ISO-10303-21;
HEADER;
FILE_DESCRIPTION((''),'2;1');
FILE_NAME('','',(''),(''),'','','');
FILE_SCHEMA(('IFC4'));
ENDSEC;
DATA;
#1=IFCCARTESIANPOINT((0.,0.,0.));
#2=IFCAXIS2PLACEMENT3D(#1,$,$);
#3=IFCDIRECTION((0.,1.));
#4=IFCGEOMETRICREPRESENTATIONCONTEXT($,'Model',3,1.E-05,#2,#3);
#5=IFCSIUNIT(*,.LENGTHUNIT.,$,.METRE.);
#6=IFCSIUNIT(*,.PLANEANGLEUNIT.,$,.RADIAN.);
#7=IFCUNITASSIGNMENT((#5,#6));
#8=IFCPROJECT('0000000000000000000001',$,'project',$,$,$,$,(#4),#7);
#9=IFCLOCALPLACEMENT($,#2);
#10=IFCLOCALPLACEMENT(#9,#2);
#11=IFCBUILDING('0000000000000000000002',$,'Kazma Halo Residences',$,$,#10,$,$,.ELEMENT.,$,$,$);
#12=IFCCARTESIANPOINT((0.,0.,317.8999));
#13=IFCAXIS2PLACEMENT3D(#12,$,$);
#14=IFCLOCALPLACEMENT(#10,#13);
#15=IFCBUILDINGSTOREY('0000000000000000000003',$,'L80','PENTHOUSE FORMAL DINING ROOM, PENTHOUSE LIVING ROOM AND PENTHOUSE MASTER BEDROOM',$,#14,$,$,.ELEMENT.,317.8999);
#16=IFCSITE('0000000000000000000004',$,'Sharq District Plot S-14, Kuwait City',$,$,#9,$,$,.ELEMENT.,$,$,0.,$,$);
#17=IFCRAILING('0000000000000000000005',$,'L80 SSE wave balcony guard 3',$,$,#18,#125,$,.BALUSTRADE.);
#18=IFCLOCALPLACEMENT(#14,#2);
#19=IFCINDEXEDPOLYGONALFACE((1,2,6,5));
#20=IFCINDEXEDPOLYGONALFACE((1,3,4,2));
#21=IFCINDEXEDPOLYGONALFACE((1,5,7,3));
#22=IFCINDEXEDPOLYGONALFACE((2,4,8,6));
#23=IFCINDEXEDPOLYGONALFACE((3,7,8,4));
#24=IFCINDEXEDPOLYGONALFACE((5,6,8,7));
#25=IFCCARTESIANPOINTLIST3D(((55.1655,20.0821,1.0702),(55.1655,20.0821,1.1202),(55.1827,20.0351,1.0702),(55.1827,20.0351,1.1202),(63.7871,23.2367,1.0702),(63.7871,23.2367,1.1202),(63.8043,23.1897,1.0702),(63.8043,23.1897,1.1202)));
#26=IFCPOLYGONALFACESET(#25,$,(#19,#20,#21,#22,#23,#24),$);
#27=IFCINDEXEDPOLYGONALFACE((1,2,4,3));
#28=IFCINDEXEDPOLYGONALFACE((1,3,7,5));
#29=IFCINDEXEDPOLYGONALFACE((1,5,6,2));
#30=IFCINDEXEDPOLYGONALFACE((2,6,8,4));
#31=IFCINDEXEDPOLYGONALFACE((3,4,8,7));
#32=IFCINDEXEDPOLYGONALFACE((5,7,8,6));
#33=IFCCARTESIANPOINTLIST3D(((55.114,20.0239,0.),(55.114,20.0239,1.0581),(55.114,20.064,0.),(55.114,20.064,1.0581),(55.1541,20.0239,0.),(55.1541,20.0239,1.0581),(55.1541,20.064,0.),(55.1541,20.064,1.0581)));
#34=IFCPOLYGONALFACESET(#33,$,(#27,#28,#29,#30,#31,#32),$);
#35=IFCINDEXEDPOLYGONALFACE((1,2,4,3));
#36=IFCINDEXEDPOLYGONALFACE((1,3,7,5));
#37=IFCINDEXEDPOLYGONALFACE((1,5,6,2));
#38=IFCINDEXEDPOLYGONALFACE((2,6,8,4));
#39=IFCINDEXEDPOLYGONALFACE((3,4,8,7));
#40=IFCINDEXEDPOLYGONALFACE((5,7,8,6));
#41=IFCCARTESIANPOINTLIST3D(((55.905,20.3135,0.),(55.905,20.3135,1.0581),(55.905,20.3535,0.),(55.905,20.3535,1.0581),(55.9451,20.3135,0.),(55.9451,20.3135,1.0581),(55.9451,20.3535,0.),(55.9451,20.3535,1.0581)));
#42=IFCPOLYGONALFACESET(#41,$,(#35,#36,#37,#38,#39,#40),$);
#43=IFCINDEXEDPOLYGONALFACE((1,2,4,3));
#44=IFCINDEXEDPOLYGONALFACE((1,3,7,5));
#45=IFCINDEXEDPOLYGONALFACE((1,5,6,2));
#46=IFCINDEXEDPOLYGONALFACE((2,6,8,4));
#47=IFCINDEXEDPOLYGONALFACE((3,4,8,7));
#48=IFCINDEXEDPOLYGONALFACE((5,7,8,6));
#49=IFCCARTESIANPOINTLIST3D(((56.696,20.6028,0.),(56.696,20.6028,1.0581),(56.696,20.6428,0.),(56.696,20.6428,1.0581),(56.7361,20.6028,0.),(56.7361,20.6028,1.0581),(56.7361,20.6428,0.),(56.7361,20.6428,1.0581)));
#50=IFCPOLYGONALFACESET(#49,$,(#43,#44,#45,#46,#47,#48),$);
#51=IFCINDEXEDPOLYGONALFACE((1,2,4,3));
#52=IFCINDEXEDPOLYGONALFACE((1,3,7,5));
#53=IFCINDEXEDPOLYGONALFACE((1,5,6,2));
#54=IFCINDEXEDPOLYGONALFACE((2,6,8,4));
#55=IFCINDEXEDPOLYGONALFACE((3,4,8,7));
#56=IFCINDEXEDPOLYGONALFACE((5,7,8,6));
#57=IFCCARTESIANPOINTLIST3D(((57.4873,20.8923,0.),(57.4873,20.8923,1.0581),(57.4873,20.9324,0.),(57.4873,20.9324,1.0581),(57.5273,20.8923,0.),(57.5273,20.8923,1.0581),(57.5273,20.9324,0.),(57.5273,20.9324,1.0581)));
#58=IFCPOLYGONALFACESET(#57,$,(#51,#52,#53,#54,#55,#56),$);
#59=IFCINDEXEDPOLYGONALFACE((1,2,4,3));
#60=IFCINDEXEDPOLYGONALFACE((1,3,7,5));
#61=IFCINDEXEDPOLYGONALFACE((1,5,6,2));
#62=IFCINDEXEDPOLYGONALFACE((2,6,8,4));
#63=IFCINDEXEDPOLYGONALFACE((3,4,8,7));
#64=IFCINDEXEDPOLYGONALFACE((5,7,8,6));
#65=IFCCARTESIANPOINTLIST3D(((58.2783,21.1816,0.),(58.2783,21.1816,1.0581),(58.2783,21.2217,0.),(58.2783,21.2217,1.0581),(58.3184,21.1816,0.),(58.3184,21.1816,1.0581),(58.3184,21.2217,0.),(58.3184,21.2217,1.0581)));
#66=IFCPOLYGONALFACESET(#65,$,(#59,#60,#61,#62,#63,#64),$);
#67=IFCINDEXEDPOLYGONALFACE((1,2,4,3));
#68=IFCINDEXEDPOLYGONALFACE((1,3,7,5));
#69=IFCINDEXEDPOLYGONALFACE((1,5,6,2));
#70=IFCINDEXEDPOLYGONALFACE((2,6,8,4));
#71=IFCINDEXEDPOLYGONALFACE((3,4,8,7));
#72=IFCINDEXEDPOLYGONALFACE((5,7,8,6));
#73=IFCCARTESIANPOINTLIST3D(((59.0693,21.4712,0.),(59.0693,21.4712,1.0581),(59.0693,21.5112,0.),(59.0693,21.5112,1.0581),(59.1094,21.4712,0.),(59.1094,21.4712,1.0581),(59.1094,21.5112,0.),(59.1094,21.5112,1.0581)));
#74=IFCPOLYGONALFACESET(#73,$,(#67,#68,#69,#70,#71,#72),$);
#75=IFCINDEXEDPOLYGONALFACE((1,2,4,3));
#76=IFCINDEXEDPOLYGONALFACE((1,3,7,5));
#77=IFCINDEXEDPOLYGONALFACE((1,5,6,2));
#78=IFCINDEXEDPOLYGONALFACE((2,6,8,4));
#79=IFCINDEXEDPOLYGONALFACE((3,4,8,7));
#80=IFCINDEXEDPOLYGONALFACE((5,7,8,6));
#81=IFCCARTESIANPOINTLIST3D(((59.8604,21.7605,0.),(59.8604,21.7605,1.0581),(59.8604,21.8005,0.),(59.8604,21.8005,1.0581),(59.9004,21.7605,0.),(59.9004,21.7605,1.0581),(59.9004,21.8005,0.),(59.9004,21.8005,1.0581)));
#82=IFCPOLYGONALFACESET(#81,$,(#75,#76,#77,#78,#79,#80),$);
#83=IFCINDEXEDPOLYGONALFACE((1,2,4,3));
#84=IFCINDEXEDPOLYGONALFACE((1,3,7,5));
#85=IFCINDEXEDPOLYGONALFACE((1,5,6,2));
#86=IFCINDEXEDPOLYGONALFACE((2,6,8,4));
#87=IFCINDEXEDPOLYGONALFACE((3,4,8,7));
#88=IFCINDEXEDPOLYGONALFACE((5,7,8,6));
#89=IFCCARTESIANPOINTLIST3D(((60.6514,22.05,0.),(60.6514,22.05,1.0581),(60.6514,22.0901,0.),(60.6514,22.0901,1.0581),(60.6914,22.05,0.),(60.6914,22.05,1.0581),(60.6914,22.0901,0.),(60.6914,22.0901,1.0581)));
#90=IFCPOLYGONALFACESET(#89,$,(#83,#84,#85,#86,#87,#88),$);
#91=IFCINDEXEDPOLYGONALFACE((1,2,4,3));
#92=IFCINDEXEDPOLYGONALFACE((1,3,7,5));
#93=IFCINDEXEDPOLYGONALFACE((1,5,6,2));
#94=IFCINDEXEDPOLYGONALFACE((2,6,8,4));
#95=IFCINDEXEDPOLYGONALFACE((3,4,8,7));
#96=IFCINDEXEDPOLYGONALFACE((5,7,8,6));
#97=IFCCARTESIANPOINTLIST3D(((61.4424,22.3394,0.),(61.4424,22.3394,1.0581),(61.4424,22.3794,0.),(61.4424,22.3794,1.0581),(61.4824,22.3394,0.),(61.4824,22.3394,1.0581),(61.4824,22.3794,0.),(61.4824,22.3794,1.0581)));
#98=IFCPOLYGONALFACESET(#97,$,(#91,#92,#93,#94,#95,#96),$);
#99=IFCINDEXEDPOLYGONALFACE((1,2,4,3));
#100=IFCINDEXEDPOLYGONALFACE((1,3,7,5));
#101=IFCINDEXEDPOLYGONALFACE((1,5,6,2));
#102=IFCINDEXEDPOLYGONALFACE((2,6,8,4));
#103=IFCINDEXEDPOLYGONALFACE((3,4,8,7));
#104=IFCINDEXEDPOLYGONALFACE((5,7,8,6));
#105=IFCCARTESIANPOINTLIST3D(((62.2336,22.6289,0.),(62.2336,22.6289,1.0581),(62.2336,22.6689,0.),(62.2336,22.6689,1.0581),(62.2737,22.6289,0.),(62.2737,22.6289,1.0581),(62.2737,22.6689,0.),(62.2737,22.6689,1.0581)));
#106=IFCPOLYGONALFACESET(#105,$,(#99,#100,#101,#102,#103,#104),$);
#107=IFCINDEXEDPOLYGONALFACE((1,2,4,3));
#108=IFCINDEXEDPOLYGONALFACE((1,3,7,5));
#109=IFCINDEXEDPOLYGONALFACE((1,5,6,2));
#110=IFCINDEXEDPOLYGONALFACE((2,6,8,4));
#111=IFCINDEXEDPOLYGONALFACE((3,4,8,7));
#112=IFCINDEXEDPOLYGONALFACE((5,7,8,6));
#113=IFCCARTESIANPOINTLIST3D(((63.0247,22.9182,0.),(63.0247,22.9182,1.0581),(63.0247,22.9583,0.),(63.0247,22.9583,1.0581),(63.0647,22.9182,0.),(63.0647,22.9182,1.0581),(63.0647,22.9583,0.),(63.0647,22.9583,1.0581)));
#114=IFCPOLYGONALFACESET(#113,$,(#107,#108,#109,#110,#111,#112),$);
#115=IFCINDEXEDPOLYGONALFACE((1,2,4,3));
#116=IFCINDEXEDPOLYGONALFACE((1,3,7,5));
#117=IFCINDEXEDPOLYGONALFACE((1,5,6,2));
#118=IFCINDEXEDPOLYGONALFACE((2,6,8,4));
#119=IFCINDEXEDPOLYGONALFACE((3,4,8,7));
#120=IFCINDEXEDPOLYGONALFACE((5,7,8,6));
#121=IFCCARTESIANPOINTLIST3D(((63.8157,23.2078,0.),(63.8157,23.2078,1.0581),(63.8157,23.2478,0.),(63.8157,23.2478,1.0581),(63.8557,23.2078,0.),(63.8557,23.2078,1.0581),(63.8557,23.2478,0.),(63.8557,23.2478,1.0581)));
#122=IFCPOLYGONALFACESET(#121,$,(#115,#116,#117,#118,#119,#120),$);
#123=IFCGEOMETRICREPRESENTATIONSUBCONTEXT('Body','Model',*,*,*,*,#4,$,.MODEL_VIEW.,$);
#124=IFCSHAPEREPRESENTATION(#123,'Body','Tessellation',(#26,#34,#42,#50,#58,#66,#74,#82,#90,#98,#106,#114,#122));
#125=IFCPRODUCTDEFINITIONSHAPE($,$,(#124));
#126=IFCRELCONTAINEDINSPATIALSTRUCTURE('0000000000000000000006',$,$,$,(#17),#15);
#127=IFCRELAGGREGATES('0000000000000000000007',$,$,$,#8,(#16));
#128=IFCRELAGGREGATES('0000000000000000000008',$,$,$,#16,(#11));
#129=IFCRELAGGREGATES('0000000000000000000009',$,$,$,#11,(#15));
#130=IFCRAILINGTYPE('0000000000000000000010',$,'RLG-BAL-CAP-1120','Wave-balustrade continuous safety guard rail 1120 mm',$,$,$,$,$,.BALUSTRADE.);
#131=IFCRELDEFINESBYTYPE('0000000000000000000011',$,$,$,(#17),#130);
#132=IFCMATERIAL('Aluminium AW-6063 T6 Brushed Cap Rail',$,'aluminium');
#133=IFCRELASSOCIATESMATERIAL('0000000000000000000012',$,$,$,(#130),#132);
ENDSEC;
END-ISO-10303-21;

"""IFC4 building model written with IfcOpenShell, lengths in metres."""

from ifc_helpers import new_model, si_unit, direction, frame, origin, origin_2d, place, context, subcontext, project, spatial, rectangle, extrude, material, type_object, element, save


model = new_model("IFC4")

# Units and contexts
model_context = context("Model", 3, precision=1e-05, world=origin(), true_north=direction((0.0, 1.0)))
body_context = subcontext(model_context, "Body", "Model", "MODEL_VIEW")
ifc_project = project(units=[si_unit("LENGTHUNIT", "METRE"), si_unit("PLANEANGLEUNIT", "RADIAN")], contexts=[model_context])

# Site, building, storey
site_placement = place(None, origin())
site = spatial("IfcSite", under=ifc_project, at=site_placement, Name="Sharq District Plot S-14, Kuwait City", CompositionType="ELEMENT", RefElevation=0.0)
building_placement = place(site_placement, origin())
building = spatial("IfcBuilding", under=site, at=building_placement, Name="Kazma Halo Residences", CompositionType="ELEMENT")
storey_placement = place(building_placement, frame((0.0, 0.0, 317.8999)))
storey = spatial("IfcBuildingStorey", under=building, at=storey_placement, Name="L80", Description="PENTHOUSE FORMAL DINING ROOM, PENTHOUSE LIVING ROOM AND PENTHOUSE MASTER BEDROOM", CompositionType="ELEMENT", Elevation=317.8999)

# Railing
ifc_material_1 = material(Name="Aluminium AW-6063 T6 Brushed Cap Rail", Category="aluminium")
railing_type = type_object("IfcRailingType", Name="RLG-BAL-CAP-1120", Description="Wave-balustrade continuous safety guard rail 1120 mm", PredefinedType="BALUSTRADE", material=ifc_material_1)
railing_placement = place(storey_placement, frame((55.134, 20.0439, 0.0)))
element("IfcRailing", 1, at=railing_placement, inside=storey, type_object=railing_type, Name="L80 SSE wave balcony guard 3", PredefinedType="BALUSTRADE", context=body_context, shape_type="SweptSolid", body=[
    extrude(rectangle(XDim=0.05, YDim=0.05, at=origin_2d()), frame((0.04, 0.0146, 1.0952), z_axis=(0.939112, 0.34361, 0.0), x_axis=(-0.34361, 0.939112, 0.0)), (0.0, 0.0, 1.0), 9.1807),
    extrude(rectangle(XDim=0.04, YDim=0.04, at=origin_2d()), origin(), (0.0, 0.0, 1.0), 1.0581),
    extrude(rectangle(XDim=0.04, YDim=0.04, at=origin_2d()), frame((0.791, 0.2896, 0.0)), (0.0, 0.0, 1.0), 1.0581),
    extrude(rectangle(XDim=0.04, YDim=0.04, at=origin_2d()), frame((1.582, 0.5789, 0.0)), (0.0, 0.0, 1.0), 1.0581),
    extrude(rectangle(XDim=0.04, YDim=0.04, at=origin_2d()), frame((2.3733, 0.8684, 0.0)), (0.0, 0.0, 1.0), 1.0581),
    extrude(rectangle(XDim=0.04, YDim=0.04, at=origin_2d()), frame((3.1643, 1.1577, 0.0)), (0.0, 0.0, 1.0), 1.0581),
    extrude(rectangle(XDim=0.04, YDim=0.04, at=origin_2d()), frame((3.9553, 1.4473, 0.0)), (0.0, 0.0, 1.0), 1.0581),
    extrude(rectangle(XDim=0.04, YDim=0.04, at=origin_2d()), frame((4.7463, 1.7366, 0.0)), (0.0, 0.0, 1.0), 1.0581),
    extrude(rectangle(XDim=0.04, YDim=0.04, at=origin_2d()), frame((5.5374, 2.0261, 0.0)), (0.0, 0.0, 1.0), 1.0581),
    extrude(rectangle(XDim=0.04, YDim=0.04, at=origin_2d()), frame((6.3284, 2.3154, 0.0)), (0.0, 0.0, 1.0), 1.0581),
    extrude(rectangle(XDim=0.04, YDim=0.04, at=origin_2d()), frame((7.1196, 2.605, 0.0)), (0.0, 0.0, 1.0), 1.0581),
    extrude(rectangle(XDim=0.04, YDim=0.04, at=origin_2d()), frame((7.9106, 2.8943, 0.0)), (0.0, 0.0, 1.0), 1.0581),
    extrude(rectangle(XDim=0.04, YDim=0.04, at=origin_2d()), frame((8.7017, 3.1838, 0.0)), (0.0, 0.0, 1.0), 1.0581),
])

save(model, "model.ifc")
